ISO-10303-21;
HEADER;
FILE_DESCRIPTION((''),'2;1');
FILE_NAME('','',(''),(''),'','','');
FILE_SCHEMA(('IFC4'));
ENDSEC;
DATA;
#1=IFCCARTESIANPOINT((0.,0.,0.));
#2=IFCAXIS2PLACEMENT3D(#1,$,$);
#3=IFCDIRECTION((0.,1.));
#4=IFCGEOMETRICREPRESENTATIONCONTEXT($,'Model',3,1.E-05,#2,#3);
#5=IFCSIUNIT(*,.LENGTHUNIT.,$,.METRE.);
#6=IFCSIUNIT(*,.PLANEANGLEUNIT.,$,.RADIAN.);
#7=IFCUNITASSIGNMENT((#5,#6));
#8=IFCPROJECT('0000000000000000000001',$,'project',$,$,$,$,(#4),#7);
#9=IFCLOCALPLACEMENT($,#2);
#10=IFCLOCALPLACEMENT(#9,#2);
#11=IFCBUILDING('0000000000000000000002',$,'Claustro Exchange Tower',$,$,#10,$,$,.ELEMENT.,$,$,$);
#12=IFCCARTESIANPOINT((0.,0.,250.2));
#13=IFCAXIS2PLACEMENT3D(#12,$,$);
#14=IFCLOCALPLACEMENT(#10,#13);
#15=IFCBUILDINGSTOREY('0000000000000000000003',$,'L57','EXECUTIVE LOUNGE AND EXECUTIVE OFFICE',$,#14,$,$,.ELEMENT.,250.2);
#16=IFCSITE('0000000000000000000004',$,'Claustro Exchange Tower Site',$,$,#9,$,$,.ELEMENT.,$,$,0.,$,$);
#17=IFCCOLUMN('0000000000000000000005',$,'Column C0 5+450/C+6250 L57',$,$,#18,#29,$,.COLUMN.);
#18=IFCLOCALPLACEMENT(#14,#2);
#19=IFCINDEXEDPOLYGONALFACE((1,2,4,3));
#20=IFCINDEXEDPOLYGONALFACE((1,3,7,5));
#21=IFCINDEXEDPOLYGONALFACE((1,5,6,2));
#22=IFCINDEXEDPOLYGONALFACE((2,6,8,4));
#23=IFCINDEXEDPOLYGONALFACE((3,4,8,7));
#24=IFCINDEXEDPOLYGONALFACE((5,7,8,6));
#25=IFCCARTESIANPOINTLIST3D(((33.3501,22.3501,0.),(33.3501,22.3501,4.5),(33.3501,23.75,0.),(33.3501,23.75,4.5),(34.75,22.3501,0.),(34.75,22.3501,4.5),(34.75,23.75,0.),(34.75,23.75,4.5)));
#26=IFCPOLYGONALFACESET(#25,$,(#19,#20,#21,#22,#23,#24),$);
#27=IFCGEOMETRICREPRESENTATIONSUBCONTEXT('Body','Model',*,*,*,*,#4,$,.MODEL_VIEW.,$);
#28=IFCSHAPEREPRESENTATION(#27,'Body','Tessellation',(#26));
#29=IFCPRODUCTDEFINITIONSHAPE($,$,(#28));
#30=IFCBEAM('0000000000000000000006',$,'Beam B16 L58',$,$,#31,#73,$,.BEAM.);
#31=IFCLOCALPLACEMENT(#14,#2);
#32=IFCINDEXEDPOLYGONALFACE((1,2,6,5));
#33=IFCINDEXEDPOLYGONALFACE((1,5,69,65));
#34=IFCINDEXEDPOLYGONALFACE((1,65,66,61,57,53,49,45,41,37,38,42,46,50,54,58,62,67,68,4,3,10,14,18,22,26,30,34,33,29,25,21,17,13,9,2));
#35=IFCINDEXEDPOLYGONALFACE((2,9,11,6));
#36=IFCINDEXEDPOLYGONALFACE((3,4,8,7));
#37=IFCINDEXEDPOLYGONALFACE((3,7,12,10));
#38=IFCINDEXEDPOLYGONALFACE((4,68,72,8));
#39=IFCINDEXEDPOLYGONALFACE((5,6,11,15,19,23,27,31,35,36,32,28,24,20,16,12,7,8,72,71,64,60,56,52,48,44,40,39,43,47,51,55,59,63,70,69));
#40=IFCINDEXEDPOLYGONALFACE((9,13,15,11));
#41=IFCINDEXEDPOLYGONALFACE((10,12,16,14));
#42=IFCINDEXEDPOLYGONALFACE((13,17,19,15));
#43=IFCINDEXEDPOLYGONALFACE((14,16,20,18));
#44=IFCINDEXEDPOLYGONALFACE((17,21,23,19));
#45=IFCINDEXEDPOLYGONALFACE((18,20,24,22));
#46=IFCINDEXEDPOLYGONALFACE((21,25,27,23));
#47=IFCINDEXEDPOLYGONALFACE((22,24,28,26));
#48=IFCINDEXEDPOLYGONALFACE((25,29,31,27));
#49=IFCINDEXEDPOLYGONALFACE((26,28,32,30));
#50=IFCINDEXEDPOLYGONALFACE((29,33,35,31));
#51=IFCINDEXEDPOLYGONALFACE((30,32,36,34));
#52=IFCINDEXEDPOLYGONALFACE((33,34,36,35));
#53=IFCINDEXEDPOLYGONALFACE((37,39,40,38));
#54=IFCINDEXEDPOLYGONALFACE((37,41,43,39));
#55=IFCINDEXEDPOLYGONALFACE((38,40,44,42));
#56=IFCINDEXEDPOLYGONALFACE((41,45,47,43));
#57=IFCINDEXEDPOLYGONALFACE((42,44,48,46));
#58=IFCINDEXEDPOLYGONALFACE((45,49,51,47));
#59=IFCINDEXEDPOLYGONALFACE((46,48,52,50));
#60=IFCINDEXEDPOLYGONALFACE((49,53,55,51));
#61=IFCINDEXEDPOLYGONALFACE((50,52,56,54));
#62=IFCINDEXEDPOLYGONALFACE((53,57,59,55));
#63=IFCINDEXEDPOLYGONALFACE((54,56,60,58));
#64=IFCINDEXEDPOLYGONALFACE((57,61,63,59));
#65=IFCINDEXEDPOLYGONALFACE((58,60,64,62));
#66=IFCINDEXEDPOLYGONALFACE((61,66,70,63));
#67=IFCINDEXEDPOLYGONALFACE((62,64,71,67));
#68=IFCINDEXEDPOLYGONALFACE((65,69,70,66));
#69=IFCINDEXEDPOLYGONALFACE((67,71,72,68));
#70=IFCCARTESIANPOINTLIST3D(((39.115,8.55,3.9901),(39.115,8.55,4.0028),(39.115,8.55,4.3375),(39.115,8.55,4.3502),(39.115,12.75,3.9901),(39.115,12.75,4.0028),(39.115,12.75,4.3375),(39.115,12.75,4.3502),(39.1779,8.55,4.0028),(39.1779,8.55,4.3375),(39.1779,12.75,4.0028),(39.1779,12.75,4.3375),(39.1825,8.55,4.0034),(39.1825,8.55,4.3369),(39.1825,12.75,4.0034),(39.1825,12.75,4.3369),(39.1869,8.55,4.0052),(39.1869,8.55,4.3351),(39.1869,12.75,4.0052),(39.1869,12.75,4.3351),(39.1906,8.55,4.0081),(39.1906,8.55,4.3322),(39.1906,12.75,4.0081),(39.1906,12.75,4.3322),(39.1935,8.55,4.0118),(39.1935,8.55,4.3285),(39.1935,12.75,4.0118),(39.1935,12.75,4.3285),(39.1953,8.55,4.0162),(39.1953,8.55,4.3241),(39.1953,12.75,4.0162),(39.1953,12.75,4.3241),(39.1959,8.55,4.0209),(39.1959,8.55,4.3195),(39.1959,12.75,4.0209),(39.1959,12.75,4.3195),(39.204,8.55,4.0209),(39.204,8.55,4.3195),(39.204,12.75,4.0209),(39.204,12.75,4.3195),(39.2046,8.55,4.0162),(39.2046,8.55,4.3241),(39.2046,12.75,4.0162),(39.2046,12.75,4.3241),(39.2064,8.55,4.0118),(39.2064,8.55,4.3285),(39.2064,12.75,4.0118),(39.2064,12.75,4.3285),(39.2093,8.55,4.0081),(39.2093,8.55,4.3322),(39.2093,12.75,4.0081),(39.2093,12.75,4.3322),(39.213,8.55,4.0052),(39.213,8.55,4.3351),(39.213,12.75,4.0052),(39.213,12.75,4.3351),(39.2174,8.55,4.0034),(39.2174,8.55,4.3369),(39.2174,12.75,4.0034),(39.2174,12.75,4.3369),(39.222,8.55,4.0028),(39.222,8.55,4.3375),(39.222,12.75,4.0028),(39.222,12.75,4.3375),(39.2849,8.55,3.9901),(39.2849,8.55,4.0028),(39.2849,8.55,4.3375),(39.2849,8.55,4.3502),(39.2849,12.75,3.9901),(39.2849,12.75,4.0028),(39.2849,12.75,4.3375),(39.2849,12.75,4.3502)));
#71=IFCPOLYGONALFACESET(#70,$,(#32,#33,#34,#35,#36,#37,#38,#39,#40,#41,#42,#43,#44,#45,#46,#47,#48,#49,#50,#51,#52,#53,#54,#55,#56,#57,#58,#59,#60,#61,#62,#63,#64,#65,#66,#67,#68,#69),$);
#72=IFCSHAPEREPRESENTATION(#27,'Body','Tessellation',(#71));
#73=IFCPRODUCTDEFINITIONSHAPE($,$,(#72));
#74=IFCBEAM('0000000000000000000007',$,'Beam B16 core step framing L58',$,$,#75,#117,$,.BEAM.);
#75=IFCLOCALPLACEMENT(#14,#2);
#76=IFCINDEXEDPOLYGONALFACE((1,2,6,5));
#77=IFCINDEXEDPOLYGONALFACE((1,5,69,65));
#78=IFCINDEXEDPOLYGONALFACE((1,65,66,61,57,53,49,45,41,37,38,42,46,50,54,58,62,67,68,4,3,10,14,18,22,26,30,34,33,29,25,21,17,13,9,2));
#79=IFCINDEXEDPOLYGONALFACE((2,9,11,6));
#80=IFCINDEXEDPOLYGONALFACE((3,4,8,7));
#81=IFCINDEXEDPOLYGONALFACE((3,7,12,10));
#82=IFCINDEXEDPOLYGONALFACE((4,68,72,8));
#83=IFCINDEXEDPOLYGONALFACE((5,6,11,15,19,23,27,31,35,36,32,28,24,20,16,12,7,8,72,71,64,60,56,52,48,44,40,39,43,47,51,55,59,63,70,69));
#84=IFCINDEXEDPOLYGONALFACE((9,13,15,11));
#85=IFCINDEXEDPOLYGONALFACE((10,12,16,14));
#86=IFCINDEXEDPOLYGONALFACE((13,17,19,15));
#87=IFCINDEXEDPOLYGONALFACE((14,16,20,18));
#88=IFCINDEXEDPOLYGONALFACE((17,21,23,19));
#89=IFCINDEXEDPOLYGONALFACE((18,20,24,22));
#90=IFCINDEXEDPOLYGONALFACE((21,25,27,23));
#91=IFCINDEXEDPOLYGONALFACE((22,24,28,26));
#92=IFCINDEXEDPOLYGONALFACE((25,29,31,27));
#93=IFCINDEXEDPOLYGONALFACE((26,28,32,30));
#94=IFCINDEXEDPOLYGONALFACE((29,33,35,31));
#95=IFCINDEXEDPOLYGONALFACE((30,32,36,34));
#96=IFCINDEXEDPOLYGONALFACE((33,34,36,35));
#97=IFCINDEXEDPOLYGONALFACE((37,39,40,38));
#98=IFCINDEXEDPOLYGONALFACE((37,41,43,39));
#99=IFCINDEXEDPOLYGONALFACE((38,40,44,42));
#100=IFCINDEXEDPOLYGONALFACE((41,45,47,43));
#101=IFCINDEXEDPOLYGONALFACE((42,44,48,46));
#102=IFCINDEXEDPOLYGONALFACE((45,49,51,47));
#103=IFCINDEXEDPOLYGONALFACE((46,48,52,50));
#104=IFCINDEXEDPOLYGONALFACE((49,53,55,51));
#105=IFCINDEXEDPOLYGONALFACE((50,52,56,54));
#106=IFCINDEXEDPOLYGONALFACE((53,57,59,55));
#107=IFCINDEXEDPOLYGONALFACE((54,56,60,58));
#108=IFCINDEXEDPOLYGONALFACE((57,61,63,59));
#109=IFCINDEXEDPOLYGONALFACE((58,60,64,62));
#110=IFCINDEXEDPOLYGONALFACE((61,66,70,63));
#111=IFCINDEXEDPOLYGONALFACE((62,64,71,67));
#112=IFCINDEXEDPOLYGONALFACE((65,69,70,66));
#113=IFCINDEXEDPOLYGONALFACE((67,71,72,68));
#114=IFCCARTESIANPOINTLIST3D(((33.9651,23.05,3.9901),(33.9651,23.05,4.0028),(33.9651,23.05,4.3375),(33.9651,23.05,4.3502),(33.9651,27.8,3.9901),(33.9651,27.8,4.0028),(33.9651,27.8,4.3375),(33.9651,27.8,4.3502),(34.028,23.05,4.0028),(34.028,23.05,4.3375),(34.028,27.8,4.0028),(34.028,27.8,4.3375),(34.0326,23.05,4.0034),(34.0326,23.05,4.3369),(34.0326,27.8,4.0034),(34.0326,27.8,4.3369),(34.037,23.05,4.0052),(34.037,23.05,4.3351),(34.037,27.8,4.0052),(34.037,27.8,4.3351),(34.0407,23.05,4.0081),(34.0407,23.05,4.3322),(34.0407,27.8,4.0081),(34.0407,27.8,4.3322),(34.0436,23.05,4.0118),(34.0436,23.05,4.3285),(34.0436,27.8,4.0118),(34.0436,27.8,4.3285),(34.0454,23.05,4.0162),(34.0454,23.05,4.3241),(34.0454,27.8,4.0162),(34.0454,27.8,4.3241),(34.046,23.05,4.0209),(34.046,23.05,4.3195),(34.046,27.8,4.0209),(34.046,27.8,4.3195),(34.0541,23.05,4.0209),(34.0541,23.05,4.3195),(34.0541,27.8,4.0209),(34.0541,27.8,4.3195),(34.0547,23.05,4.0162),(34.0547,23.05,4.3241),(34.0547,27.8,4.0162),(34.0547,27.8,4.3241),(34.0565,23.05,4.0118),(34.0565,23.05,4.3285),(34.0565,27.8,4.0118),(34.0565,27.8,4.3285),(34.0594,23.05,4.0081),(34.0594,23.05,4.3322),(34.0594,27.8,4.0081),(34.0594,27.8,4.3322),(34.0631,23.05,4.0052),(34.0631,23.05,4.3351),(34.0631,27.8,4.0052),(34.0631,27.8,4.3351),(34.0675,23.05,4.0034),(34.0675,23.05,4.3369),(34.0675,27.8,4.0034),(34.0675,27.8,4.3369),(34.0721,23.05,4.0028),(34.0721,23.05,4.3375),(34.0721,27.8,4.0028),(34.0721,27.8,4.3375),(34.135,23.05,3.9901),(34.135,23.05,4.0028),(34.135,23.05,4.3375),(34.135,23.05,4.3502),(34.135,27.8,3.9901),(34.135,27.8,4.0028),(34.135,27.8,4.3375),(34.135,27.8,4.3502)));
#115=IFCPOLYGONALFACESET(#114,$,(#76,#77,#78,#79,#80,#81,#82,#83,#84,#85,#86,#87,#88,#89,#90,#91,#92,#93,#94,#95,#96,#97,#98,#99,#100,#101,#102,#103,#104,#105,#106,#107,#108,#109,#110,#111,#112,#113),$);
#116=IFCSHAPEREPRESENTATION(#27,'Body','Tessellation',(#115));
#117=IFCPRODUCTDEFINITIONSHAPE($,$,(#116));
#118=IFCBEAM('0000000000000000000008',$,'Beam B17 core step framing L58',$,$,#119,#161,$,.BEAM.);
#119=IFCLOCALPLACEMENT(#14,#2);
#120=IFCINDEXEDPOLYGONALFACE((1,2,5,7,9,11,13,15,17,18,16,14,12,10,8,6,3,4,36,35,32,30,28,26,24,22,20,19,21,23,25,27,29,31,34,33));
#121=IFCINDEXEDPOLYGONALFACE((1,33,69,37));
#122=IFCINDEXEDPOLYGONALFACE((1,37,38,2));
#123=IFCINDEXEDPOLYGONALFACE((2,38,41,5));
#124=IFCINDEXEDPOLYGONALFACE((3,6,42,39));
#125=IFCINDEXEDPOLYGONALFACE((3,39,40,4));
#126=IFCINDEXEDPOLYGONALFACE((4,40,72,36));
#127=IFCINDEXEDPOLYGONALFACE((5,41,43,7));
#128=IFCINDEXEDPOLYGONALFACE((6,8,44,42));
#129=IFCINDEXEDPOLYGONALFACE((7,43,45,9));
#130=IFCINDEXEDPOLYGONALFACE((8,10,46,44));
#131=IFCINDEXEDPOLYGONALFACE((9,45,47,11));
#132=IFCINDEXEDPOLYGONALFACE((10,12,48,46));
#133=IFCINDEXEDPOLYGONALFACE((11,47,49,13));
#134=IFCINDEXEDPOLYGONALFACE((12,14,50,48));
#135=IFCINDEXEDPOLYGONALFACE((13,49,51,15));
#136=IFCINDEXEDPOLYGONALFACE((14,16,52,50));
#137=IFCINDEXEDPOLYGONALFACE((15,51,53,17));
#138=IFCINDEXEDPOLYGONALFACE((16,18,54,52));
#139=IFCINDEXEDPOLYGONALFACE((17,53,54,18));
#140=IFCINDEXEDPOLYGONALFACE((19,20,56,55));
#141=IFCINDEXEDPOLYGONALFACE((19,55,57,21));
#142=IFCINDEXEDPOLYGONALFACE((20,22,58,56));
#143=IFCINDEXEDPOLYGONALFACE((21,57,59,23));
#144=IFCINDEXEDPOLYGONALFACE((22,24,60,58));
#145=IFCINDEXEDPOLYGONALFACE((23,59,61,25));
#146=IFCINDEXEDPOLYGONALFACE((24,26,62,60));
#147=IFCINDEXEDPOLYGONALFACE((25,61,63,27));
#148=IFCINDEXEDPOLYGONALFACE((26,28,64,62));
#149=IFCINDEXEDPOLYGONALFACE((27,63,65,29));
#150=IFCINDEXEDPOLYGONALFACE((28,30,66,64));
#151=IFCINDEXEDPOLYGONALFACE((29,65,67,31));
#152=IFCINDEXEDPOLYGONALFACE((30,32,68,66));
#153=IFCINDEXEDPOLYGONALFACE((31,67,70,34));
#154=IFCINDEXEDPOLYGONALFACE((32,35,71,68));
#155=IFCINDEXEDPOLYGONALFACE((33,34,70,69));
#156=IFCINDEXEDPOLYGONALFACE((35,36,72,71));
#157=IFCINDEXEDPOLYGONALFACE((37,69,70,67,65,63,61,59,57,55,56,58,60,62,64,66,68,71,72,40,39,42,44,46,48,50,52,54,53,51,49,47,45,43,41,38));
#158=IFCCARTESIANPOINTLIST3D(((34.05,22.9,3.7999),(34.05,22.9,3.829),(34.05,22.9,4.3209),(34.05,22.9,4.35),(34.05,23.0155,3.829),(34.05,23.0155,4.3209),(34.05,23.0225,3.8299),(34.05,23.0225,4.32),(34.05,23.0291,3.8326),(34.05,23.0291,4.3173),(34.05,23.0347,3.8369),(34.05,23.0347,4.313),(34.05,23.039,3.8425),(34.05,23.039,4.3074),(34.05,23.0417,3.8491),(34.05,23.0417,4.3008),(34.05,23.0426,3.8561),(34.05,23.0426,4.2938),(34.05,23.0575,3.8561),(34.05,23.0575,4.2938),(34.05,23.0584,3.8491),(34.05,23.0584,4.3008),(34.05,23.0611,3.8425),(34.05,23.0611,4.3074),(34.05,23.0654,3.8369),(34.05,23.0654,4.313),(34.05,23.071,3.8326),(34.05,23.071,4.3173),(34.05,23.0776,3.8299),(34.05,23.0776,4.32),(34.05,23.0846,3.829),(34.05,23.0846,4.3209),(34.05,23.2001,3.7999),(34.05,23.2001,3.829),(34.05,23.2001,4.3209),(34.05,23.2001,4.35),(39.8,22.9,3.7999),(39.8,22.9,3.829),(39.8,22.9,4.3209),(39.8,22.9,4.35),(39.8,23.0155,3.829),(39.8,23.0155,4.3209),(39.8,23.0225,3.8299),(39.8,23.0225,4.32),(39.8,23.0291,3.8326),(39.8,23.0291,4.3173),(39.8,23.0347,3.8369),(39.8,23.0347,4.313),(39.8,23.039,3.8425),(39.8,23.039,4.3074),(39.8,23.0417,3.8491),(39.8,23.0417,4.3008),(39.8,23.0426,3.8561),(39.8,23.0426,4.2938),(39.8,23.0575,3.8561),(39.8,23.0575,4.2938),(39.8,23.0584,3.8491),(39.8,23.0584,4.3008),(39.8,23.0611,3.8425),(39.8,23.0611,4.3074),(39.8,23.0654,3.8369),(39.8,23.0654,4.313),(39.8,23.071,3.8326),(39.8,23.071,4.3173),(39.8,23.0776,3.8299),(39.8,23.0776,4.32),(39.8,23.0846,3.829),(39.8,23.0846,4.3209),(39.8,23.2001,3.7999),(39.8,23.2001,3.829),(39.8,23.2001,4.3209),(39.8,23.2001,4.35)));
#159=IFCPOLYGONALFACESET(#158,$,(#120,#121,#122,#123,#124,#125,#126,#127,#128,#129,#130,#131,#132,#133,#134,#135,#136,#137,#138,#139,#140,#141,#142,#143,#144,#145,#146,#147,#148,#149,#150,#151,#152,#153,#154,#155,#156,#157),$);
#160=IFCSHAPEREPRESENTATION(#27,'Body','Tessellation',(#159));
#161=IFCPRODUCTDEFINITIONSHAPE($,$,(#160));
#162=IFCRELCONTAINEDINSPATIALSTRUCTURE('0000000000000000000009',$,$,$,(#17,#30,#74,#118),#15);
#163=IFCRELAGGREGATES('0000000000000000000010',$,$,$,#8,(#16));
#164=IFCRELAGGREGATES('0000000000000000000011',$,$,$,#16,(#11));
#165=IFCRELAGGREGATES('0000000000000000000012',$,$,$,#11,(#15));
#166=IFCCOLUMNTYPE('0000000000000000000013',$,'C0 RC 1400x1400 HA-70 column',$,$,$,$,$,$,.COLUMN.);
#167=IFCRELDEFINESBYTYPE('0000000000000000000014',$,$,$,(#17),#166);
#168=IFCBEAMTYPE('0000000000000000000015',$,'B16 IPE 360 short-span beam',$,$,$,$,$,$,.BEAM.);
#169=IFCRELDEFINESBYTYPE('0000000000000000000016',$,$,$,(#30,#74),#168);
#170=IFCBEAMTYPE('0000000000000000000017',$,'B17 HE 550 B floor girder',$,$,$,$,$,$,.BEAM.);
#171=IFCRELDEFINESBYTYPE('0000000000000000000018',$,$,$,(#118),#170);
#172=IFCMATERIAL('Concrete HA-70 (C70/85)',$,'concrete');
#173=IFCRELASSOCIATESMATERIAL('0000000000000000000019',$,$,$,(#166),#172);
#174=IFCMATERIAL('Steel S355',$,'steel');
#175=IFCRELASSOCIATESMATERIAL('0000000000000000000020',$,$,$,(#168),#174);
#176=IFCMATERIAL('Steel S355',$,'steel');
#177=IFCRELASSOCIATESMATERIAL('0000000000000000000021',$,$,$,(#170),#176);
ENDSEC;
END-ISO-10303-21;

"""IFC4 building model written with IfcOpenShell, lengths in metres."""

from ifc_helpers import new_model, si_unit, direction, frame, origin, origin_2d, place, context, subcontext, project, spatial, rectangle, i_section, extrude, material, material_profile, profile_set, type_object, element, save


model = new_model("IFC4")

# Units and contexts
model_context = context("Model", 3, precision=1e-05, world=origin(), true_north=direction((0.0, 1.0)))
body_context = subcontext(model_context, "Body", "Model", "MODEL_VIEW")
ifc_project = project(units=[si_unit("LENGTHUNIT", "METRE"), si_unit("PLANEANGLEUNIT", "RADIAN")], contexts=[model_context])

# Site, building, storey
site_placement = place(None, origin())
site = spatial("IfcSite", under=ifc_project, at=site_placement, Name="Claustro Exchange Tower Site", CompositionType="ELEMENT", RefElevation=0.0)
building_placement = place(site_placement, origin())
building = spatial("IfcBuilding", under=site, at=building_placement, Name="Claustro Exchange Tower", CompositionType="ELEMENT")
storey_placement = place(building_placement, frame((0.0, 0.0, 250.2)))
storey = spatial("IfcBuildingStorey", under=building, at=storey_placement, Name="L57", Description="EXECUTIVE LOUNGE AND EXECUTIVE OFFICE", CompositionType="ELEMENT", Elevation=250.2)

# Column
ifc_material_1 = material(Name="Concrete HA-70 (C70/85)", Category="concrete")
ifc_material_profile_1 = material_profile(ifc_material_1, rectangle(XDim=1.3999, YDim=1.3999, at=origin_2d()), Name="RC 1400x1400")
ifc_profile_set_1 = profile_set([ifc_material_profile_1], Name="Concrete HA-70 (C70/85)")
column_type = type_object("IfcColumnType", Name="C0 RC 1400x1400 HA-70 column", PredefinedType="COLUMN", material=ifc_profile_set_1)
column_placement = place(storey_placement, frame((34.05, 23.05, 0.0), z_axis=(0.0, 0.0, 1.0), x_axis=(1.0, 0.0, 0.0)))
element("IfcColumn", 1, at=column_placement, inside=storey, type_object=column_type, Name="Column C0 5+450/C+6250 L57", PredefinedType="COLUMN", context=body_context, shape_type="SweptSolid", body=[
    extrude(rectangle(XDim=1.3999, YDim=1.3999, at=origin_2d()), origin(), (0.0, 0.0, 1.0), 4.5),
])

# Beams
ifc_material_2 = material(Name="Steel S355", Category="steel")
ifc_material_profile_2 = material_profile(ifc_material_2, i_section(OverallWidth=0.1699, OverallDepth=0.3601, WebThickness=0.0081, FlangeThickness=0.0127, FilletRadius=0.0181, at=origin_2d()), Name="IPE 360")
ifc_profile_set_2 = profile_set([ifc_material_profile_2], Name="Steel S355")
beam_type_1 = type_object("IfcBeamType", Name="B16 IPE 360 short-span beam", PredefinedType="BEAM", material=ifc_profile_set_2)
beam_1_placement = place(storey_placement, frame((39.2, 8.55, 4.1702), z_axis=(0.0, 1.0, 0.0), x_axis=(-1.0, 0.0, 0.0)))
element("IfcBeam", 2, at=beam_1_placement, inside=storey, type_object=beam_type_1, Name="Beam B16 L58", PredefinedType="BEAM", context=body_context, shape_type="SweptSolid", body=[
    extrude(i_section(OverallWidth=0.1699, OverallDepth=0.3601, WebThickness=0.0081, FlangeThickness=0.0127, FilletRadius=0.0181, at=origin_2d()), origin(), (0.0, 0.0, 1.0), 4.2),
])
beam_2_placement = place(storey_placement, frame((34.05, 23.05, 4.1702), z_axis=(0.0, 1.0, 0.0), x_axis=(-1.0, 0.0, 0.0)))
element("IfcBeam", 3, at=beam_2_placement, inside=storey, type_object=beam_type_1, Name="Beam B16 core step framing L58", PredefinedType="BEAM", context=body_context, shape_type="SweptSolid", body=[
    extrude(i_section(OverallWidth=0.1699, OverallDepth=0.3601, WebThickness=0.0081, FlangeThickness=0.0127, FilletRadius=0.0181, at=origin_2d()), origin(), (0.0, 0.0, 1.0), 4.75),
])
ifc_material_3 = material(Name="Steel S355", Category="steel")
ifc_material_profile_3 = material_profile(ifc_material_3, i_section(OverallWidth=0.3, OverallDepth=0.55, WebThickness=0.0149, FlangeThickness=0.0291, FilletRadius=0.0271, at=origin_2d()), Name="HE 550 B")
ifc_profile_set_3 = profile_set([ifc_material_profile_3], Name="Steel S355")
beam_type_2 = type_object("IfcBeamType", Name="B17 HE 550 B floor girder", PredefinedType="BEAM", material=ifc_profile_set_3)
beam_3_placement = place(storey_placement, frame((34.05, 23.05, 4.075), z_axis=(1.0, 0.0, 0.0), x_axis=(0.0, 1.0, 0.0)))
element("IfcBeam", 4, at=beam_3_placement, inside=storey, type_object=beam_type_2, Name="Beam B17 core step framing L58", PredefinedType="BEAM", context=body_context, shape_type="SweptSolid", body=[
    extrude(i_section(OverallWidth=0.3, OverallDepth=0.55, WebThickness=0.0149, FlangeThickness=0.0291, FilletRadius=0.0271, at=origin_2d()), origin(), (0.0, 0.0, 1.0), 5.75),
])

save(model, "model.ifc")
